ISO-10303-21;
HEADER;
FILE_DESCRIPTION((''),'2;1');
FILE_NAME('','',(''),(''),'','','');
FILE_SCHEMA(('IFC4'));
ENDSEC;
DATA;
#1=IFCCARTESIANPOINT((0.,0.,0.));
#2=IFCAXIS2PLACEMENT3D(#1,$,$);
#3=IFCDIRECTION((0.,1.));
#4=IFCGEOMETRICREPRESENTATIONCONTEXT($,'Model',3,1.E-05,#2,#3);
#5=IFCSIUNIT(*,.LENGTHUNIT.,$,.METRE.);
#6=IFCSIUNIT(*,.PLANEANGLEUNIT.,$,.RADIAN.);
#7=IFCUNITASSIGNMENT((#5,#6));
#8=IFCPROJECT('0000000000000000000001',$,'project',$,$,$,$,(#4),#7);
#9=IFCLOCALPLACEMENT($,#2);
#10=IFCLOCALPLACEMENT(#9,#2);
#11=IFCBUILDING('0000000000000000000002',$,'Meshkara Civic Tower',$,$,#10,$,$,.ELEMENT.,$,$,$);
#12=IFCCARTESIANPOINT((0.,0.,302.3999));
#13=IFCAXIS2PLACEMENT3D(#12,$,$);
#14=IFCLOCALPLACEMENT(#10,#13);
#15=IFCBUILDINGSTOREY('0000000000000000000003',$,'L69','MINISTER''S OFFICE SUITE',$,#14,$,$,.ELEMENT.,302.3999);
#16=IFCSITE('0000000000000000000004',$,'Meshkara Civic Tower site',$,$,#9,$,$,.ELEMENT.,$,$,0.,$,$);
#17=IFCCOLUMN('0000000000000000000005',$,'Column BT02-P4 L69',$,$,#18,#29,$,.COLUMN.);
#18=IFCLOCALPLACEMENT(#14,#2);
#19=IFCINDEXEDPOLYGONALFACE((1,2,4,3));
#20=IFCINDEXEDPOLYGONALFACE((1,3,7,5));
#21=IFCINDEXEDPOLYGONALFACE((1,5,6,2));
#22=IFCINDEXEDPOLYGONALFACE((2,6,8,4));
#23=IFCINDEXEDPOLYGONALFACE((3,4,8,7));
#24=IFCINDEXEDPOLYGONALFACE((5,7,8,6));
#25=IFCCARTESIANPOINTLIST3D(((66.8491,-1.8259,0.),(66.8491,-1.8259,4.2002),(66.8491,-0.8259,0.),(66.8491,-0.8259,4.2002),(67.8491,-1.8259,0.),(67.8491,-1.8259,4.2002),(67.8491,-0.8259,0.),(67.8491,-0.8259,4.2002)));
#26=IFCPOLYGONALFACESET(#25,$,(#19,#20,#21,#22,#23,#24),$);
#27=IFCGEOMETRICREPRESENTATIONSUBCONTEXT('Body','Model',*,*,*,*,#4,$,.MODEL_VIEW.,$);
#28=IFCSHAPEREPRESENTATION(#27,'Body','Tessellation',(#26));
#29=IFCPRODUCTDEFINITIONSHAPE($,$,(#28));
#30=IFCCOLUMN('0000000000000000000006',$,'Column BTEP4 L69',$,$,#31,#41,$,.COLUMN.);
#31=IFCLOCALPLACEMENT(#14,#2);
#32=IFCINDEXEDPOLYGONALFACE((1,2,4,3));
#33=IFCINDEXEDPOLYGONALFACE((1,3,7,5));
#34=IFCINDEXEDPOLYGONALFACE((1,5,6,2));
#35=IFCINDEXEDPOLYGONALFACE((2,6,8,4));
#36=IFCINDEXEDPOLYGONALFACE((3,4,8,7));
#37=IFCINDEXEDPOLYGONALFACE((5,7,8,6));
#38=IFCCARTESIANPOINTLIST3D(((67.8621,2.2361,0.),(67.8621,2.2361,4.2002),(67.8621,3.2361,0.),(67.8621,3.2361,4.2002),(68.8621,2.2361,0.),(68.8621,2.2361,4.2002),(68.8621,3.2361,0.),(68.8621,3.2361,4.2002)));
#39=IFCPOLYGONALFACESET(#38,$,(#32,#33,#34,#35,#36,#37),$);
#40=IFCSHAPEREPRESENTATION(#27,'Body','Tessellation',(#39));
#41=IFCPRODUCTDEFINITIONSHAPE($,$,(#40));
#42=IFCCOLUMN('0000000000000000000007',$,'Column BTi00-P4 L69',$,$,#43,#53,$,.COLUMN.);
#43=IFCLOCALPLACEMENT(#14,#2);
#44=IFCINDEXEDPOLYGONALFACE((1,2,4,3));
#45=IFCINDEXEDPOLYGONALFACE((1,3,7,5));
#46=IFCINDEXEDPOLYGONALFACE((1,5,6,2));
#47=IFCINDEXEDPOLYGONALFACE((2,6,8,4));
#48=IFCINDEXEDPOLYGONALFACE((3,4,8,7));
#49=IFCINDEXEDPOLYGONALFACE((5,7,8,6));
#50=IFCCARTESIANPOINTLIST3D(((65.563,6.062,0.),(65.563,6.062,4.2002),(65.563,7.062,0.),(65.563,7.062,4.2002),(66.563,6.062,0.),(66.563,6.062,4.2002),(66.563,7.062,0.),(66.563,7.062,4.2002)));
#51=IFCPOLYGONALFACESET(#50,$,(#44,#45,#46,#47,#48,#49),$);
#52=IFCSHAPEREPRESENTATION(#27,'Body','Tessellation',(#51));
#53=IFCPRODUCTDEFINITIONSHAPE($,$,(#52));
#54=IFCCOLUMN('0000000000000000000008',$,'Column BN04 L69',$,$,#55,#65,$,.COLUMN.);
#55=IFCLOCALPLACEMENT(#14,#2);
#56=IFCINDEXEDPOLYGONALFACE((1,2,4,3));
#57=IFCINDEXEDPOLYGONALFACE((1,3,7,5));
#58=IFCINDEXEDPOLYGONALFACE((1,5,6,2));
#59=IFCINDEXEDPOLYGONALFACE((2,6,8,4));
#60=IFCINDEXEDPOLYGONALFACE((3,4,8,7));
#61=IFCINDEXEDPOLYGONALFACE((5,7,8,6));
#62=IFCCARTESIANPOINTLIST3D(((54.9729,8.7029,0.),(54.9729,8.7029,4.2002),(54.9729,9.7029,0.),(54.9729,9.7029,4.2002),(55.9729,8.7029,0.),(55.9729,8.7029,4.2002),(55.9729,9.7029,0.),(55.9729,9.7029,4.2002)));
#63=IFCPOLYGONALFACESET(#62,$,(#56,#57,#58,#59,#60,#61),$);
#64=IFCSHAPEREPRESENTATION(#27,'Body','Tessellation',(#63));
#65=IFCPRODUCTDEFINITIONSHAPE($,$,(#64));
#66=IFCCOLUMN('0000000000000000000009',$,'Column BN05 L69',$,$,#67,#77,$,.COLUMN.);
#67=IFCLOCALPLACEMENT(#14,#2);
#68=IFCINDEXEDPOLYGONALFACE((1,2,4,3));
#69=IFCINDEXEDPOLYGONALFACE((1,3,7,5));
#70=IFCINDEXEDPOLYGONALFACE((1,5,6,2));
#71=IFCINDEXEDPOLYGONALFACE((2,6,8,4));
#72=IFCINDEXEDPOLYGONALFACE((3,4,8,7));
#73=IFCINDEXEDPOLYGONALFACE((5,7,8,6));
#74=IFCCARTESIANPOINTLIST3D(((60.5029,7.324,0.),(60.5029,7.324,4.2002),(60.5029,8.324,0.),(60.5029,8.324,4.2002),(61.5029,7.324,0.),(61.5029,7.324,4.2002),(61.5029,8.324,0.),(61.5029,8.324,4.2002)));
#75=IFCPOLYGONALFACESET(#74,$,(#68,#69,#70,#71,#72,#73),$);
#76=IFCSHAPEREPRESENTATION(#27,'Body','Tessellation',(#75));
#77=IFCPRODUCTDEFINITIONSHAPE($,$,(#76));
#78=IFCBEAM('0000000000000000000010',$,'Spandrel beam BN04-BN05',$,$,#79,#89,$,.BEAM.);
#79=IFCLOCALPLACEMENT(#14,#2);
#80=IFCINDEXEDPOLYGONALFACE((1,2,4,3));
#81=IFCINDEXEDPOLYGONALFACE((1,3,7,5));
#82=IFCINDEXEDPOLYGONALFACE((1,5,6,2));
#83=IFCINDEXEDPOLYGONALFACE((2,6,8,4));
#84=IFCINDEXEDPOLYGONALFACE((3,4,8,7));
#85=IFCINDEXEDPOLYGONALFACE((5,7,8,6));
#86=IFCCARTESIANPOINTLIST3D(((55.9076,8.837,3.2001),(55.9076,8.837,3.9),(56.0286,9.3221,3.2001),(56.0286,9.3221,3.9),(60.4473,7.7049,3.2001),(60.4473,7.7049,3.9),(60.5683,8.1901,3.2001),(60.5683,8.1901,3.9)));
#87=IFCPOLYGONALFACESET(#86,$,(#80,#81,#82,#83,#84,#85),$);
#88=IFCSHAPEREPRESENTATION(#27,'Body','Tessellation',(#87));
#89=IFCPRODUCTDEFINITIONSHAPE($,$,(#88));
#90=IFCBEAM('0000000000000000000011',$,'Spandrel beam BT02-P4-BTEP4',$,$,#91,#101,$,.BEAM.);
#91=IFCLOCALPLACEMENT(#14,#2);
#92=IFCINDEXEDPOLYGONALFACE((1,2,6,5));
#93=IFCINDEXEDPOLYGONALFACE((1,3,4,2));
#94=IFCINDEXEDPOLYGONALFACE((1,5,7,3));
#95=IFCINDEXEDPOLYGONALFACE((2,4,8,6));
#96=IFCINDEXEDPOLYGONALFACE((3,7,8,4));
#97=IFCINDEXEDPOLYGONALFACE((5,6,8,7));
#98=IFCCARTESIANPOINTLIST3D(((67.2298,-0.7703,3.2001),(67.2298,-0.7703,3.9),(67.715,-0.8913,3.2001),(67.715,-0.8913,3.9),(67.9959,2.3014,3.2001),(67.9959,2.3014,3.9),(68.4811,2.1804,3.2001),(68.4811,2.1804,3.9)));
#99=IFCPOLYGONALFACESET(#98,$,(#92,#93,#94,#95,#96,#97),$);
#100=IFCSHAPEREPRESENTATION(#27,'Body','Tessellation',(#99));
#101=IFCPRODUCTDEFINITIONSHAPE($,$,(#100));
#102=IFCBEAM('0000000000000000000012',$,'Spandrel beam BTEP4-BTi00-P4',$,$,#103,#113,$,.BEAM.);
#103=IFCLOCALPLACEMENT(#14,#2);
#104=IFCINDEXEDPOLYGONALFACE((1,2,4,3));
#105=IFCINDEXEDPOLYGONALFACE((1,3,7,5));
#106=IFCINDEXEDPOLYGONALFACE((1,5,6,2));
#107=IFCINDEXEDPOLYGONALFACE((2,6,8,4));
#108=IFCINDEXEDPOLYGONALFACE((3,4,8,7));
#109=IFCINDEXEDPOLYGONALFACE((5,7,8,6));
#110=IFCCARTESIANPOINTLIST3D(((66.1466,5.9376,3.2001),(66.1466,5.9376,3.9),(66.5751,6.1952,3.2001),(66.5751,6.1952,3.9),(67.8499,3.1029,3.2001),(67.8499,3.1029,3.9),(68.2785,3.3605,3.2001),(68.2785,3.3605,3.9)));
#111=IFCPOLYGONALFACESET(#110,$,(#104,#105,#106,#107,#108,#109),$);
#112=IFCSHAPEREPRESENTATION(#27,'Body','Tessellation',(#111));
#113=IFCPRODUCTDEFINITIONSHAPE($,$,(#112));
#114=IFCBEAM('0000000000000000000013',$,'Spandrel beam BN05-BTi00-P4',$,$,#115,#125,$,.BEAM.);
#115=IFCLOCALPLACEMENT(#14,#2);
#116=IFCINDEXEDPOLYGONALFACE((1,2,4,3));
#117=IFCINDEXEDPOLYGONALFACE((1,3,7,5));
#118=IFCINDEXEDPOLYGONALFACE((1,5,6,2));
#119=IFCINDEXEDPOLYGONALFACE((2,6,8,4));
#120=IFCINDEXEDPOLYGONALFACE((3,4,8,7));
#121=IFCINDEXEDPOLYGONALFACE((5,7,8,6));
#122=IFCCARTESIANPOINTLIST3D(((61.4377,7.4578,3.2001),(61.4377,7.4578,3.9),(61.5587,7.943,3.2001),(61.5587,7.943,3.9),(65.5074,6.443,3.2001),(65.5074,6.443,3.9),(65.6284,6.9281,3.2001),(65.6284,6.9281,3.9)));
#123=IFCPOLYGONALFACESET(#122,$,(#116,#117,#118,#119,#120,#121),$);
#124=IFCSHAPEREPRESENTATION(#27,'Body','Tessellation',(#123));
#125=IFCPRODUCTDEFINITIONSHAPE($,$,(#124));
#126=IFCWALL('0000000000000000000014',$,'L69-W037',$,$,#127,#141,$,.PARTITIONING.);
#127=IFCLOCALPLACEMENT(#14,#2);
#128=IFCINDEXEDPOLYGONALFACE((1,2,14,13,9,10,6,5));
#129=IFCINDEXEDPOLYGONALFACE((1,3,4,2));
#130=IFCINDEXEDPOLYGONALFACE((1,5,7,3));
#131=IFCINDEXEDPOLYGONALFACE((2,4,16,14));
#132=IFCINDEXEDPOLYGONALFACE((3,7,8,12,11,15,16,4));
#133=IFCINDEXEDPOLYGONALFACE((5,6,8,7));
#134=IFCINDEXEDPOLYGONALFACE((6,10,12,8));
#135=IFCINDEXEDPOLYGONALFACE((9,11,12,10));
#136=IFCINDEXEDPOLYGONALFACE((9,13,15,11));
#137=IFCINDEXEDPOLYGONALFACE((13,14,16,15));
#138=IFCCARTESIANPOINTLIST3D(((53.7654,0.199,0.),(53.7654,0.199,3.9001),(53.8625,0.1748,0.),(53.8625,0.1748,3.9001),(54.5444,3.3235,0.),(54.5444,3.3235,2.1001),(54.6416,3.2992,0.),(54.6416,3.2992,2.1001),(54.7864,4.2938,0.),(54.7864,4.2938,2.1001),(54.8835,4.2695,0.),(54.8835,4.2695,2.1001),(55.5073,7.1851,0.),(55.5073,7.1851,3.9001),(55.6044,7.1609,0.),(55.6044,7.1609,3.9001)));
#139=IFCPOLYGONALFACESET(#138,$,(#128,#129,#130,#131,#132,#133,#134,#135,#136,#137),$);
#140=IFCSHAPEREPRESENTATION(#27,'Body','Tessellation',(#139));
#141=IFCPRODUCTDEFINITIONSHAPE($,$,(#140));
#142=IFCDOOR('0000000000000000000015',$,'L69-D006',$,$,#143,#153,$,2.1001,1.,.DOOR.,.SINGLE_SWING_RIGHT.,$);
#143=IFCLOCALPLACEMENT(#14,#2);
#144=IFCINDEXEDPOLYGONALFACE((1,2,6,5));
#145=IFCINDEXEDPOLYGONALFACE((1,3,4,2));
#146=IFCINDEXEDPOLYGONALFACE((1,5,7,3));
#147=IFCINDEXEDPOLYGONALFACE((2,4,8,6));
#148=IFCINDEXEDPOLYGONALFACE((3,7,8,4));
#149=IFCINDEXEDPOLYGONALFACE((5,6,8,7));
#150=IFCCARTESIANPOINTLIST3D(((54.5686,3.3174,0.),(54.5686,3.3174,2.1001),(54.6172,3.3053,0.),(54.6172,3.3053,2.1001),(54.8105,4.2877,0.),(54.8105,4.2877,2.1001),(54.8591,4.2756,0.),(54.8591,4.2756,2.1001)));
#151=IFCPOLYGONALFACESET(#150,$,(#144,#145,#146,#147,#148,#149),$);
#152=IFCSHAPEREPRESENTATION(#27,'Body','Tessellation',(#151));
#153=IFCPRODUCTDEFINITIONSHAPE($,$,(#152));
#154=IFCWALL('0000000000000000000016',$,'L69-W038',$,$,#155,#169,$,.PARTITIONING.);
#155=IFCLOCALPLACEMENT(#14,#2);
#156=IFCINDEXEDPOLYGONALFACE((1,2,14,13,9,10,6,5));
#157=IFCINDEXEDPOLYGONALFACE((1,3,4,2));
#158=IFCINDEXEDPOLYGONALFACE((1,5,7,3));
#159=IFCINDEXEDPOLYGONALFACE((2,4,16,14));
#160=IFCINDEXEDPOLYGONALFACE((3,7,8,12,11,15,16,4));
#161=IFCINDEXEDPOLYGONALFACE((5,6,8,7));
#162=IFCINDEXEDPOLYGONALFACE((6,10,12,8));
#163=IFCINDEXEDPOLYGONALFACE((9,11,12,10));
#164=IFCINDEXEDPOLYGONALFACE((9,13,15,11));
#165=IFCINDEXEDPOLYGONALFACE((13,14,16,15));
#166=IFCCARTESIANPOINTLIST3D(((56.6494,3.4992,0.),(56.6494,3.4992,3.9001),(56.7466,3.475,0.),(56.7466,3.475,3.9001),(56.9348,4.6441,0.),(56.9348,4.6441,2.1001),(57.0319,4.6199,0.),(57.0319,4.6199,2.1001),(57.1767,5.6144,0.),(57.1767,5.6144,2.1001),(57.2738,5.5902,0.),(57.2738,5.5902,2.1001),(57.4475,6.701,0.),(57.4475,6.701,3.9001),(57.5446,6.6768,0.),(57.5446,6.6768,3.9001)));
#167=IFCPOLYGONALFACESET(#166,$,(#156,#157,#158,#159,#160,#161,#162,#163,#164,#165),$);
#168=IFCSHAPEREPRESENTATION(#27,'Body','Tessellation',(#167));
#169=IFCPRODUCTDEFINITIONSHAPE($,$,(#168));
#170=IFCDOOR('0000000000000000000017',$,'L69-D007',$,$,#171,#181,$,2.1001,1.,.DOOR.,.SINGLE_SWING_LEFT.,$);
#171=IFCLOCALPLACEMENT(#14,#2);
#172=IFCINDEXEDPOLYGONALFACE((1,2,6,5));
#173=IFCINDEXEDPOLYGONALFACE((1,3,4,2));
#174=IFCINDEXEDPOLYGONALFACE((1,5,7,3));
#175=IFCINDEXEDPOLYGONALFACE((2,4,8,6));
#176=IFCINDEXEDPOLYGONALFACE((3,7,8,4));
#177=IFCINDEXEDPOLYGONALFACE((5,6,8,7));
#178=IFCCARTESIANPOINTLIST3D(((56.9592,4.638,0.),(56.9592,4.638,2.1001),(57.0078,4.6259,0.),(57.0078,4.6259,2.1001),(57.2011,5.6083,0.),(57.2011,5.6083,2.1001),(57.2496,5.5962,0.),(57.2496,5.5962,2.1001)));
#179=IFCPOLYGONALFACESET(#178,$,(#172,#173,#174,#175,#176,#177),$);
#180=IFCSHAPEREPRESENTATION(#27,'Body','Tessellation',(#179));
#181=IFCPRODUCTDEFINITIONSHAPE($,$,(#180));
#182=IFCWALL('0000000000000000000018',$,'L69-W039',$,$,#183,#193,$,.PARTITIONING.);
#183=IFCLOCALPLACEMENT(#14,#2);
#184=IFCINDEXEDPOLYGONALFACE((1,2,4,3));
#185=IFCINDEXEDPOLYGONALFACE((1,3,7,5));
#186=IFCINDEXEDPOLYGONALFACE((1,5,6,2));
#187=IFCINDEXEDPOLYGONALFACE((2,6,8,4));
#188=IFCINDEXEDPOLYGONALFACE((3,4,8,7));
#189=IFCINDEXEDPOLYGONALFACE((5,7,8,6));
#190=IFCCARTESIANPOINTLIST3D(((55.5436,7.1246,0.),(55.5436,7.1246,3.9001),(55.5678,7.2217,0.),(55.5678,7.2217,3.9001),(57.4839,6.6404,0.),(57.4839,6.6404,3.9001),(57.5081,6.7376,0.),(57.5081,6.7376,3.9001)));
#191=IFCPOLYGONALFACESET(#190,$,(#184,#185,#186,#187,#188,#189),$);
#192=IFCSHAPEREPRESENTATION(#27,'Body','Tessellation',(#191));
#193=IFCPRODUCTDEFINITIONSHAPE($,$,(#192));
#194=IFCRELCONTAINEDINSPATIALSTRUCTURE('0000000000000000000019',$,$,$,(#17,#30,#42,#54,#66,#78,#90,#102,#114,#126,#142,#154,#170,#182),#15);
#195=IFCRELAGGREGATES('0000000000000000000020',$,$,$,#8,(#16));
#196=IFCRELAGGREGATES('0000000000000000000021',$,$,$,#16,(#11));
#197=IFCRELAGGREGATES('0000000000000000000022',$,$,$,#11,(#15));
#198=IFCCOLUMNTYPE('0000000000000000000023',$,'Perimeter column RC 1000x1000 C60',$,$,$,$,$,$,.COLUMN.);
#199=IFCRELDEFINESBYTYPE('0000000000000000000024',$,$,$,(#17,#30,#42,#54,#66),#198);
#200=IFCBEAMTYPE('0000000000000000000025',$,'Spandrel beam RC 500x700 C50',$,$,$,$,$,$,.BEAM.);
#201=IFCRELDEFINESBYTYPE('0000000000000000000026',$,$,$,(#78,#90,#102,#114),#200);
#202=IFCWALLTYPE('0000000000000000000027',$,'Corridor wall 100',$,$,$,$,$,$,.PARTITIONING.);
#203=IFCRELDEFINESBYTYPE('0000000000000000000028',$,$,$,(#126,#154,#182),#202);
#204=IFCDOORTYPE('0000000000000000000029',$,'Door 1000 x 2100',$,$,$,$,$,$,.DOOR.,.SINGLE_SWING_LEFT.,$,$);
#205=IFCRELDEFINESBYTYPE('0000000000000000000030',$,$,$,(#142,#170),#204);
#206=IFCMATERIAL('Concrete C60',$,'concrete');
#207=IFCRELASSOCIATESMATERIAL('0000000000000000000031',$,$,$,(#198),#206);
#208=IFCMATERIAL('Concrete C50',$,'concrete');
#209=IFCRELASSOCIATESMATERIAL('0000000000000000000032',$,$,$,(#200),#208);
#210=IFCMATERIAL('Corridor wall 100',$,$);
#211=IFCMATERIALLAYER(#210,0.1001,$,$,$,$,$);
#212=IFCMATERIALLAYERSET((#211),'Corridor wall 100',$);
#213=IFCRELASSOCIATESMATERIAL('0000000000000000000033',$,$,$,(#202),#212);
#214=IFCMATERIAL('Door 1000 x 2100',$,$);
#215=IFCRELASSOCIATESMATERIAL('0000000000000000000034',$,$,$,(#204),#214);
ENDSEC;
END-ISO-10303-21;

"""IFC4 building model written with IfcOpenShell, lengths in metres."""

from ifc_helpers import new_model, si_unit, direction, frame, frame_2d, origin, origin_2d, place, context, subcontext, project, spatial, rectangle, extrude, material, layer, layer_set, material_profile, profile_set, type_object, element, fill, save


model = new_model("IFC4")

# Units and contexts
model_context = context("Model", 3, precision=1e-05, world=origin(), true_north=direction((0.0, 1.0)))
body_context = subcontext(model_context, "Body", "Model", "MODEL_VIEW")
ifc_project = project(units=[si_unit("LENGTHUNIT", "METRE"), si_unit("PLANEANGLEUNIT", "RADIAN")], contexts=[model_context])

# Site, building, storey
site_placement = place(None, origin())
site = spatial("IfcSite", under=ifc_project, at=site_placement, Name="Meshkara Civic Tower site", CompositionType="ELEMENT", RefElevation=0.0)
building_placement = place(site_placement, origin())
building = spatial("IfcBuilding", under=site, at=building_placement, Name="Meshkara Civic Tower", CompositionType="ELEMENT")
storey_placement = place(building_placement, frame((0.0, 0.0, 302.3999)))
storey = spatial("IfcBuildingStorey", under=building, at=storey_placement, Name="L69", Description="MINISTER'S OFFICE SUITE", CompositionType="ELEMENT", Elevation=302.3999)

# Columns
ifc_material_1 = material(Name="Concrete C60", Category="concrete")
ifc_material_profile_1 = material_profile(ifc_material_1, rectangle(XDim=1.0, YDim=1.0, at=origin_2d()))
ifc_profile_set_1 = profile_set([ifc_material_profile_1], Name="Concrete C60")
column_type = type_object("IfcColumnType", Name="Perimeter column RC 1000x1000 C60", PredefinedType="COLUMN", material=ifc_profile_set_1)
for number, where, z_axis, x_axis, name in (
    (1, (67.3491, -1.3259, 0.0), (0.0, 0.0, 1.0), (1.0, 0.0, 0.0), "Column BT02-P4 L69"),
    (2, (68.3621, 2.7361, 0.0), (0.0, 0.0, 1.0), (1.0, 0.0, 0.0), "Column BTEP4 L69"),
    (3, (66.063, 6.562, 0.0), (0.0, 0.0, 1.0), (1.0, 0.0, 0.0), "Column BTi00-P4 L69"),
    (4, (55.4729, 9.2029, 0.0), (0.0, 0.0, 1.0), (1.0, 0.0, 0.0), "Column BN04 L69"),
    (5, (61.0029, 7.824, 0.0), (0.0, 0.0, 1.0), (1.0, 0.0, 0.0), "Column BN05 L69"),
):
    element("IfcColumn", number, at=place(storey_placement, frame(where, z_axis=z_axis, x_axis=x_axis)), inside=storey, type_object=column_type, Name=name, PredefinedType="COLUMN", context=body_context, shape_type="SweptSolid", body=[
        extrude(rectangle(XDim=1.0, YDim=1.0, at=origin_2d()), origin(), (0.0, 0.0, 1.0), 4.2002),
    ])

# Beams
ifc_material_2 = material(Name="Concrete C50", Category="concrete")
ifc_material_profile_2 = material_profile(ifc_material_2, rectangle(XDim=0.5, YDim=0.7, at=origin_2d()))
ifc_profile_set_2 = profile_set([ifc_material_profile_2], Name="Concrete C50")
beam_type = type_object("IfcBeamType", Name="Spandrel beam RC 500x700 C50", PredefinedType="BEAM", material=ifc_profile_set_2)
beam_1_placement = place(storey_placement, frame((60.5078, 7.9475, 3.55), z_axis=(-0.970287, 0.241959, 0.0), x_axis=(-0.241959, -0.970287, 0.0)))
element("IfcBeam", 6, at=beam_1_placement, inside=storey, type_object=beam_type, Name="Spandrel beam BN04-BN05", PredefinedType="BEAM", context=body_context, shape_type="SweptSolid", body=[
    extrude(rectangle(XDim=0.5, YDim=0.7, at=origin_2d()), origin(), (0.0, 0.0, 1.0), 4.6787),
])
beam_2_placement = place(storey_placement, frame((67.4724, -0.8308, 3.55), z_axis=(0.241991, 0.970278, 0.0), x_axis=(-0.970278, 0.241991, 0.0)))
element("IfcBeam", 7, at=beam_2_placement, inside=storey, type_object=beam_type, Name="Spandrel beam BT02-P4-BTEP4", PredefinedType="BEAM", context=body_context, shape_type="SweptSolid", body=[
    extrude(rectangle(XDim=0.5, YDim=0.7, at=origin_2d()), origin(), (0.0, 0.0, 1.0), 3.1658),
])
beam_3_placement = place(storey_placement, frame((68.0642, 3.2317, 3.55), z_axis=(-0.51506, 0.857154, 0.0), x_axis=(-0.857154, -0.51506, 0.0)))
element("IfcBeam", 8, at=beam_3_placement, inside=storey, type_object=beam_type, Name="Spandrel beam BTEP4-BTi00-P4", PredefinedType="BEAM", context=body_context, shape_type="SweptSolid", body=[
    extrude(rectangle(XDim=0.5, YDim=0.7, at=origin_2d()), origin(), (0.0, 0.0, 1.0), 3.3071),
])
beam_4_placement = place(storey_placement, frame((65.5679, 6.6855, 3.55), z_axis=(-0.970286, 0.24196, 0.0), x_axis=(-0.24196, -0.970286, 0.0)))
element("IfcBeam", 9, at=beam_4_placement, inside=storey, type_object=beam_type, Name="Spandrel beam BN05-BTi00-P4", PredefinedType="BEAM", context=body_context, shape_type="SweptSolid", body=[
    extrude(rectangle(XDim=0.5, YDim=0.7, at=origin_2d()), origin(), (0.0, 0.0, 1.0), 4.1943),
])

# Walls, openings, doors
ifc_material_3 = material(Name="Corridor wall 100")
ifc_layer_1 = layer(ifc_material_3, 0.1001)
ifc_layer_set_1 = layer_set([ifc_layer_1], Name="Corridor wall 100")
wall_type_1 = type_object("IfcWallType", Name="Corridor wall 100", PredefinedType="PARTITIONING", material=ifc_layer_set_1)
wall_1_placement = place(storey_placement, frame((55.5559, 7.1731, 0.0), z_axis=(0.0, 0.0, 1.0), x_axis=(-0.241937, -0.970292, 0.0)))
wall_1 = element("IfcWall", 10, at=wall_1_placement, inside=storey, type_object=wall_type_1, Name="L69-W037", PredefinedType="PARTITIONING", context=body_context, shape_type="SweptSolid", body=[
    extrude(rectangle(XDim=7.2, YDim=0.1001, at=frame_2d((3.6001, 0.0))), origin(), (0.0, 0.0, 1.0), 3.9001),
])
opening_1_placement = place(wall_1_placement, frame((2.98, 0.0, 0.0)))
opening_1 = element("IfcOpeningElement", 11, at=opening_1_placement, cuts=wall_1, PredefinedType="OPENING", context=body_context, shape_type="SweptSolid", body=[
    extrude(rectangle(XDim=1.0, YDim=2.1001, at=frame_2d((0.5, 1.05))), frame((0.0, 0.0601, 0.0), z_axis=(0.0, -1.0, 0.0), x_axis=(1.0, 0.0, 0.0)), (0.0, 0.0, 1.0), 0.1201),
])
ifc_material_4 = material(Name="Door 1000 x 2100")
door_type = type_object("IfcDoorType", Name="Door 1000 x 2100", OperationType="SINGLE_SWING_LEFT", PredefinedType="DOOR", material=ifc_material_4)
door_1_placement = place(opening_1_placement, origin())
door_1 = element("IfcDoor", 12, at=door_1_placement, inside=storey, type_object=door_type, Name="L69-D006", OperationType="SINGLE_SWING_RIGHT", OverallHeight=2.1001, OverallWidth=1.0, PredefinedType="DOOR", context=body_context, shape_type="SweptSolid", body=[
    extrude(rectangle(XDim=1.0, YDim=2.1001, at=frame_2d((0.5, 1.05))), frame((0.0, 0.0249, 0.0), z_axis=(0.0, -1.0, 0.0), x_axis=(1.0, 0.0, 0.0)), (0.0, 0.0, 1.0), 0.05),
])
fill(opening_1, door_1)
wall_2_placement = place(storey_placement, frame((56.698, 3.4871, 0.0), z_axis=(0.0, 0.0, 1.0), x_axis=(0.241857, 0.970312, 0.0)))
wall_2 = element("IfcWall", 13, at=wall_2_placement, inside=storey, type_object=wall_type_1, Name="L69-W038", PredefinedType="PARTITIONING", context=body_context, shape_type="SweptSolid", body=[
    extrude(rectangle(XDim=3.2998, YDim=0.1001, at=frame_2d((1.6499, 0.0))), origin(), (0.0, 0.0, 1.0), 3.9001),
])
opening_2_placement = place(wall_2_placement, frame((1.1799, 0.0, 0.0)))
opening_2 = element("IfcOpeningElement", 14, at=opening_2_placement, cuts=wall_2, PredefinedType="OPENING", context=body_context, shape_type="SweptSolid", body=[
    extrude(rectangle(XDim=1.0, YDim=2.1001, at=frame_2d((0.5, 1.05))), frame((0.0, 0.0601, 0.0), z_axis=(0.0, -1.0, 0.0), x_axis=(1.0, 0.0, 0.0)), (0.0, 0.0, 1.0), 0.1201),
])
door_2_placement = place(opening_2_placement, origin())
door_2 = element("IfcDoor", 15, at=door_2_placement, inside=storey, type_object=door_type, Name="L69-D007", OperationType="SINGLE_SWING_LEFT", OverallHeight=2.1001, OverallWidth=1.0, PredefinedType="DOOR", context=body_context, shape_type="SweptSolid", body=[
    extrude(rectangle(XDim=1.0, YDim=2.1001, at=frame_2d((0.5, 1.05))), frame((0.0, 0.0249, 0.0), z_axis=(0.0, -1.0, 0.0), x_axis=(1.0, 0.0, 0.0)), (0.0, 0.0, 1.0), 0.05),
])
fill(opening_2, door_2)

# Wall
wall_3_placement = place(storey_placement, frame((57.4961, 6.689, 0.0), z_axis=(0.0, 0.0, 1.0), x_axis=(-0.97025, 0.242105, 0.0)))
element("IfcWall", 16, at=wall_3_placement, inside=storey, type_object=wall_type_1, Name="L69-W039", PredefinedType="PARTITIONING", context=body_context, shape_type="SweptSolid", body=[
    extrude(rectangle(XDim=1.9998, YDim=0.1001, at=frame_2d((1.0, 0.0))), origin(), (0.0, 0.0, 1.0), 3.9001),
])

save(model, "model.ifc")
